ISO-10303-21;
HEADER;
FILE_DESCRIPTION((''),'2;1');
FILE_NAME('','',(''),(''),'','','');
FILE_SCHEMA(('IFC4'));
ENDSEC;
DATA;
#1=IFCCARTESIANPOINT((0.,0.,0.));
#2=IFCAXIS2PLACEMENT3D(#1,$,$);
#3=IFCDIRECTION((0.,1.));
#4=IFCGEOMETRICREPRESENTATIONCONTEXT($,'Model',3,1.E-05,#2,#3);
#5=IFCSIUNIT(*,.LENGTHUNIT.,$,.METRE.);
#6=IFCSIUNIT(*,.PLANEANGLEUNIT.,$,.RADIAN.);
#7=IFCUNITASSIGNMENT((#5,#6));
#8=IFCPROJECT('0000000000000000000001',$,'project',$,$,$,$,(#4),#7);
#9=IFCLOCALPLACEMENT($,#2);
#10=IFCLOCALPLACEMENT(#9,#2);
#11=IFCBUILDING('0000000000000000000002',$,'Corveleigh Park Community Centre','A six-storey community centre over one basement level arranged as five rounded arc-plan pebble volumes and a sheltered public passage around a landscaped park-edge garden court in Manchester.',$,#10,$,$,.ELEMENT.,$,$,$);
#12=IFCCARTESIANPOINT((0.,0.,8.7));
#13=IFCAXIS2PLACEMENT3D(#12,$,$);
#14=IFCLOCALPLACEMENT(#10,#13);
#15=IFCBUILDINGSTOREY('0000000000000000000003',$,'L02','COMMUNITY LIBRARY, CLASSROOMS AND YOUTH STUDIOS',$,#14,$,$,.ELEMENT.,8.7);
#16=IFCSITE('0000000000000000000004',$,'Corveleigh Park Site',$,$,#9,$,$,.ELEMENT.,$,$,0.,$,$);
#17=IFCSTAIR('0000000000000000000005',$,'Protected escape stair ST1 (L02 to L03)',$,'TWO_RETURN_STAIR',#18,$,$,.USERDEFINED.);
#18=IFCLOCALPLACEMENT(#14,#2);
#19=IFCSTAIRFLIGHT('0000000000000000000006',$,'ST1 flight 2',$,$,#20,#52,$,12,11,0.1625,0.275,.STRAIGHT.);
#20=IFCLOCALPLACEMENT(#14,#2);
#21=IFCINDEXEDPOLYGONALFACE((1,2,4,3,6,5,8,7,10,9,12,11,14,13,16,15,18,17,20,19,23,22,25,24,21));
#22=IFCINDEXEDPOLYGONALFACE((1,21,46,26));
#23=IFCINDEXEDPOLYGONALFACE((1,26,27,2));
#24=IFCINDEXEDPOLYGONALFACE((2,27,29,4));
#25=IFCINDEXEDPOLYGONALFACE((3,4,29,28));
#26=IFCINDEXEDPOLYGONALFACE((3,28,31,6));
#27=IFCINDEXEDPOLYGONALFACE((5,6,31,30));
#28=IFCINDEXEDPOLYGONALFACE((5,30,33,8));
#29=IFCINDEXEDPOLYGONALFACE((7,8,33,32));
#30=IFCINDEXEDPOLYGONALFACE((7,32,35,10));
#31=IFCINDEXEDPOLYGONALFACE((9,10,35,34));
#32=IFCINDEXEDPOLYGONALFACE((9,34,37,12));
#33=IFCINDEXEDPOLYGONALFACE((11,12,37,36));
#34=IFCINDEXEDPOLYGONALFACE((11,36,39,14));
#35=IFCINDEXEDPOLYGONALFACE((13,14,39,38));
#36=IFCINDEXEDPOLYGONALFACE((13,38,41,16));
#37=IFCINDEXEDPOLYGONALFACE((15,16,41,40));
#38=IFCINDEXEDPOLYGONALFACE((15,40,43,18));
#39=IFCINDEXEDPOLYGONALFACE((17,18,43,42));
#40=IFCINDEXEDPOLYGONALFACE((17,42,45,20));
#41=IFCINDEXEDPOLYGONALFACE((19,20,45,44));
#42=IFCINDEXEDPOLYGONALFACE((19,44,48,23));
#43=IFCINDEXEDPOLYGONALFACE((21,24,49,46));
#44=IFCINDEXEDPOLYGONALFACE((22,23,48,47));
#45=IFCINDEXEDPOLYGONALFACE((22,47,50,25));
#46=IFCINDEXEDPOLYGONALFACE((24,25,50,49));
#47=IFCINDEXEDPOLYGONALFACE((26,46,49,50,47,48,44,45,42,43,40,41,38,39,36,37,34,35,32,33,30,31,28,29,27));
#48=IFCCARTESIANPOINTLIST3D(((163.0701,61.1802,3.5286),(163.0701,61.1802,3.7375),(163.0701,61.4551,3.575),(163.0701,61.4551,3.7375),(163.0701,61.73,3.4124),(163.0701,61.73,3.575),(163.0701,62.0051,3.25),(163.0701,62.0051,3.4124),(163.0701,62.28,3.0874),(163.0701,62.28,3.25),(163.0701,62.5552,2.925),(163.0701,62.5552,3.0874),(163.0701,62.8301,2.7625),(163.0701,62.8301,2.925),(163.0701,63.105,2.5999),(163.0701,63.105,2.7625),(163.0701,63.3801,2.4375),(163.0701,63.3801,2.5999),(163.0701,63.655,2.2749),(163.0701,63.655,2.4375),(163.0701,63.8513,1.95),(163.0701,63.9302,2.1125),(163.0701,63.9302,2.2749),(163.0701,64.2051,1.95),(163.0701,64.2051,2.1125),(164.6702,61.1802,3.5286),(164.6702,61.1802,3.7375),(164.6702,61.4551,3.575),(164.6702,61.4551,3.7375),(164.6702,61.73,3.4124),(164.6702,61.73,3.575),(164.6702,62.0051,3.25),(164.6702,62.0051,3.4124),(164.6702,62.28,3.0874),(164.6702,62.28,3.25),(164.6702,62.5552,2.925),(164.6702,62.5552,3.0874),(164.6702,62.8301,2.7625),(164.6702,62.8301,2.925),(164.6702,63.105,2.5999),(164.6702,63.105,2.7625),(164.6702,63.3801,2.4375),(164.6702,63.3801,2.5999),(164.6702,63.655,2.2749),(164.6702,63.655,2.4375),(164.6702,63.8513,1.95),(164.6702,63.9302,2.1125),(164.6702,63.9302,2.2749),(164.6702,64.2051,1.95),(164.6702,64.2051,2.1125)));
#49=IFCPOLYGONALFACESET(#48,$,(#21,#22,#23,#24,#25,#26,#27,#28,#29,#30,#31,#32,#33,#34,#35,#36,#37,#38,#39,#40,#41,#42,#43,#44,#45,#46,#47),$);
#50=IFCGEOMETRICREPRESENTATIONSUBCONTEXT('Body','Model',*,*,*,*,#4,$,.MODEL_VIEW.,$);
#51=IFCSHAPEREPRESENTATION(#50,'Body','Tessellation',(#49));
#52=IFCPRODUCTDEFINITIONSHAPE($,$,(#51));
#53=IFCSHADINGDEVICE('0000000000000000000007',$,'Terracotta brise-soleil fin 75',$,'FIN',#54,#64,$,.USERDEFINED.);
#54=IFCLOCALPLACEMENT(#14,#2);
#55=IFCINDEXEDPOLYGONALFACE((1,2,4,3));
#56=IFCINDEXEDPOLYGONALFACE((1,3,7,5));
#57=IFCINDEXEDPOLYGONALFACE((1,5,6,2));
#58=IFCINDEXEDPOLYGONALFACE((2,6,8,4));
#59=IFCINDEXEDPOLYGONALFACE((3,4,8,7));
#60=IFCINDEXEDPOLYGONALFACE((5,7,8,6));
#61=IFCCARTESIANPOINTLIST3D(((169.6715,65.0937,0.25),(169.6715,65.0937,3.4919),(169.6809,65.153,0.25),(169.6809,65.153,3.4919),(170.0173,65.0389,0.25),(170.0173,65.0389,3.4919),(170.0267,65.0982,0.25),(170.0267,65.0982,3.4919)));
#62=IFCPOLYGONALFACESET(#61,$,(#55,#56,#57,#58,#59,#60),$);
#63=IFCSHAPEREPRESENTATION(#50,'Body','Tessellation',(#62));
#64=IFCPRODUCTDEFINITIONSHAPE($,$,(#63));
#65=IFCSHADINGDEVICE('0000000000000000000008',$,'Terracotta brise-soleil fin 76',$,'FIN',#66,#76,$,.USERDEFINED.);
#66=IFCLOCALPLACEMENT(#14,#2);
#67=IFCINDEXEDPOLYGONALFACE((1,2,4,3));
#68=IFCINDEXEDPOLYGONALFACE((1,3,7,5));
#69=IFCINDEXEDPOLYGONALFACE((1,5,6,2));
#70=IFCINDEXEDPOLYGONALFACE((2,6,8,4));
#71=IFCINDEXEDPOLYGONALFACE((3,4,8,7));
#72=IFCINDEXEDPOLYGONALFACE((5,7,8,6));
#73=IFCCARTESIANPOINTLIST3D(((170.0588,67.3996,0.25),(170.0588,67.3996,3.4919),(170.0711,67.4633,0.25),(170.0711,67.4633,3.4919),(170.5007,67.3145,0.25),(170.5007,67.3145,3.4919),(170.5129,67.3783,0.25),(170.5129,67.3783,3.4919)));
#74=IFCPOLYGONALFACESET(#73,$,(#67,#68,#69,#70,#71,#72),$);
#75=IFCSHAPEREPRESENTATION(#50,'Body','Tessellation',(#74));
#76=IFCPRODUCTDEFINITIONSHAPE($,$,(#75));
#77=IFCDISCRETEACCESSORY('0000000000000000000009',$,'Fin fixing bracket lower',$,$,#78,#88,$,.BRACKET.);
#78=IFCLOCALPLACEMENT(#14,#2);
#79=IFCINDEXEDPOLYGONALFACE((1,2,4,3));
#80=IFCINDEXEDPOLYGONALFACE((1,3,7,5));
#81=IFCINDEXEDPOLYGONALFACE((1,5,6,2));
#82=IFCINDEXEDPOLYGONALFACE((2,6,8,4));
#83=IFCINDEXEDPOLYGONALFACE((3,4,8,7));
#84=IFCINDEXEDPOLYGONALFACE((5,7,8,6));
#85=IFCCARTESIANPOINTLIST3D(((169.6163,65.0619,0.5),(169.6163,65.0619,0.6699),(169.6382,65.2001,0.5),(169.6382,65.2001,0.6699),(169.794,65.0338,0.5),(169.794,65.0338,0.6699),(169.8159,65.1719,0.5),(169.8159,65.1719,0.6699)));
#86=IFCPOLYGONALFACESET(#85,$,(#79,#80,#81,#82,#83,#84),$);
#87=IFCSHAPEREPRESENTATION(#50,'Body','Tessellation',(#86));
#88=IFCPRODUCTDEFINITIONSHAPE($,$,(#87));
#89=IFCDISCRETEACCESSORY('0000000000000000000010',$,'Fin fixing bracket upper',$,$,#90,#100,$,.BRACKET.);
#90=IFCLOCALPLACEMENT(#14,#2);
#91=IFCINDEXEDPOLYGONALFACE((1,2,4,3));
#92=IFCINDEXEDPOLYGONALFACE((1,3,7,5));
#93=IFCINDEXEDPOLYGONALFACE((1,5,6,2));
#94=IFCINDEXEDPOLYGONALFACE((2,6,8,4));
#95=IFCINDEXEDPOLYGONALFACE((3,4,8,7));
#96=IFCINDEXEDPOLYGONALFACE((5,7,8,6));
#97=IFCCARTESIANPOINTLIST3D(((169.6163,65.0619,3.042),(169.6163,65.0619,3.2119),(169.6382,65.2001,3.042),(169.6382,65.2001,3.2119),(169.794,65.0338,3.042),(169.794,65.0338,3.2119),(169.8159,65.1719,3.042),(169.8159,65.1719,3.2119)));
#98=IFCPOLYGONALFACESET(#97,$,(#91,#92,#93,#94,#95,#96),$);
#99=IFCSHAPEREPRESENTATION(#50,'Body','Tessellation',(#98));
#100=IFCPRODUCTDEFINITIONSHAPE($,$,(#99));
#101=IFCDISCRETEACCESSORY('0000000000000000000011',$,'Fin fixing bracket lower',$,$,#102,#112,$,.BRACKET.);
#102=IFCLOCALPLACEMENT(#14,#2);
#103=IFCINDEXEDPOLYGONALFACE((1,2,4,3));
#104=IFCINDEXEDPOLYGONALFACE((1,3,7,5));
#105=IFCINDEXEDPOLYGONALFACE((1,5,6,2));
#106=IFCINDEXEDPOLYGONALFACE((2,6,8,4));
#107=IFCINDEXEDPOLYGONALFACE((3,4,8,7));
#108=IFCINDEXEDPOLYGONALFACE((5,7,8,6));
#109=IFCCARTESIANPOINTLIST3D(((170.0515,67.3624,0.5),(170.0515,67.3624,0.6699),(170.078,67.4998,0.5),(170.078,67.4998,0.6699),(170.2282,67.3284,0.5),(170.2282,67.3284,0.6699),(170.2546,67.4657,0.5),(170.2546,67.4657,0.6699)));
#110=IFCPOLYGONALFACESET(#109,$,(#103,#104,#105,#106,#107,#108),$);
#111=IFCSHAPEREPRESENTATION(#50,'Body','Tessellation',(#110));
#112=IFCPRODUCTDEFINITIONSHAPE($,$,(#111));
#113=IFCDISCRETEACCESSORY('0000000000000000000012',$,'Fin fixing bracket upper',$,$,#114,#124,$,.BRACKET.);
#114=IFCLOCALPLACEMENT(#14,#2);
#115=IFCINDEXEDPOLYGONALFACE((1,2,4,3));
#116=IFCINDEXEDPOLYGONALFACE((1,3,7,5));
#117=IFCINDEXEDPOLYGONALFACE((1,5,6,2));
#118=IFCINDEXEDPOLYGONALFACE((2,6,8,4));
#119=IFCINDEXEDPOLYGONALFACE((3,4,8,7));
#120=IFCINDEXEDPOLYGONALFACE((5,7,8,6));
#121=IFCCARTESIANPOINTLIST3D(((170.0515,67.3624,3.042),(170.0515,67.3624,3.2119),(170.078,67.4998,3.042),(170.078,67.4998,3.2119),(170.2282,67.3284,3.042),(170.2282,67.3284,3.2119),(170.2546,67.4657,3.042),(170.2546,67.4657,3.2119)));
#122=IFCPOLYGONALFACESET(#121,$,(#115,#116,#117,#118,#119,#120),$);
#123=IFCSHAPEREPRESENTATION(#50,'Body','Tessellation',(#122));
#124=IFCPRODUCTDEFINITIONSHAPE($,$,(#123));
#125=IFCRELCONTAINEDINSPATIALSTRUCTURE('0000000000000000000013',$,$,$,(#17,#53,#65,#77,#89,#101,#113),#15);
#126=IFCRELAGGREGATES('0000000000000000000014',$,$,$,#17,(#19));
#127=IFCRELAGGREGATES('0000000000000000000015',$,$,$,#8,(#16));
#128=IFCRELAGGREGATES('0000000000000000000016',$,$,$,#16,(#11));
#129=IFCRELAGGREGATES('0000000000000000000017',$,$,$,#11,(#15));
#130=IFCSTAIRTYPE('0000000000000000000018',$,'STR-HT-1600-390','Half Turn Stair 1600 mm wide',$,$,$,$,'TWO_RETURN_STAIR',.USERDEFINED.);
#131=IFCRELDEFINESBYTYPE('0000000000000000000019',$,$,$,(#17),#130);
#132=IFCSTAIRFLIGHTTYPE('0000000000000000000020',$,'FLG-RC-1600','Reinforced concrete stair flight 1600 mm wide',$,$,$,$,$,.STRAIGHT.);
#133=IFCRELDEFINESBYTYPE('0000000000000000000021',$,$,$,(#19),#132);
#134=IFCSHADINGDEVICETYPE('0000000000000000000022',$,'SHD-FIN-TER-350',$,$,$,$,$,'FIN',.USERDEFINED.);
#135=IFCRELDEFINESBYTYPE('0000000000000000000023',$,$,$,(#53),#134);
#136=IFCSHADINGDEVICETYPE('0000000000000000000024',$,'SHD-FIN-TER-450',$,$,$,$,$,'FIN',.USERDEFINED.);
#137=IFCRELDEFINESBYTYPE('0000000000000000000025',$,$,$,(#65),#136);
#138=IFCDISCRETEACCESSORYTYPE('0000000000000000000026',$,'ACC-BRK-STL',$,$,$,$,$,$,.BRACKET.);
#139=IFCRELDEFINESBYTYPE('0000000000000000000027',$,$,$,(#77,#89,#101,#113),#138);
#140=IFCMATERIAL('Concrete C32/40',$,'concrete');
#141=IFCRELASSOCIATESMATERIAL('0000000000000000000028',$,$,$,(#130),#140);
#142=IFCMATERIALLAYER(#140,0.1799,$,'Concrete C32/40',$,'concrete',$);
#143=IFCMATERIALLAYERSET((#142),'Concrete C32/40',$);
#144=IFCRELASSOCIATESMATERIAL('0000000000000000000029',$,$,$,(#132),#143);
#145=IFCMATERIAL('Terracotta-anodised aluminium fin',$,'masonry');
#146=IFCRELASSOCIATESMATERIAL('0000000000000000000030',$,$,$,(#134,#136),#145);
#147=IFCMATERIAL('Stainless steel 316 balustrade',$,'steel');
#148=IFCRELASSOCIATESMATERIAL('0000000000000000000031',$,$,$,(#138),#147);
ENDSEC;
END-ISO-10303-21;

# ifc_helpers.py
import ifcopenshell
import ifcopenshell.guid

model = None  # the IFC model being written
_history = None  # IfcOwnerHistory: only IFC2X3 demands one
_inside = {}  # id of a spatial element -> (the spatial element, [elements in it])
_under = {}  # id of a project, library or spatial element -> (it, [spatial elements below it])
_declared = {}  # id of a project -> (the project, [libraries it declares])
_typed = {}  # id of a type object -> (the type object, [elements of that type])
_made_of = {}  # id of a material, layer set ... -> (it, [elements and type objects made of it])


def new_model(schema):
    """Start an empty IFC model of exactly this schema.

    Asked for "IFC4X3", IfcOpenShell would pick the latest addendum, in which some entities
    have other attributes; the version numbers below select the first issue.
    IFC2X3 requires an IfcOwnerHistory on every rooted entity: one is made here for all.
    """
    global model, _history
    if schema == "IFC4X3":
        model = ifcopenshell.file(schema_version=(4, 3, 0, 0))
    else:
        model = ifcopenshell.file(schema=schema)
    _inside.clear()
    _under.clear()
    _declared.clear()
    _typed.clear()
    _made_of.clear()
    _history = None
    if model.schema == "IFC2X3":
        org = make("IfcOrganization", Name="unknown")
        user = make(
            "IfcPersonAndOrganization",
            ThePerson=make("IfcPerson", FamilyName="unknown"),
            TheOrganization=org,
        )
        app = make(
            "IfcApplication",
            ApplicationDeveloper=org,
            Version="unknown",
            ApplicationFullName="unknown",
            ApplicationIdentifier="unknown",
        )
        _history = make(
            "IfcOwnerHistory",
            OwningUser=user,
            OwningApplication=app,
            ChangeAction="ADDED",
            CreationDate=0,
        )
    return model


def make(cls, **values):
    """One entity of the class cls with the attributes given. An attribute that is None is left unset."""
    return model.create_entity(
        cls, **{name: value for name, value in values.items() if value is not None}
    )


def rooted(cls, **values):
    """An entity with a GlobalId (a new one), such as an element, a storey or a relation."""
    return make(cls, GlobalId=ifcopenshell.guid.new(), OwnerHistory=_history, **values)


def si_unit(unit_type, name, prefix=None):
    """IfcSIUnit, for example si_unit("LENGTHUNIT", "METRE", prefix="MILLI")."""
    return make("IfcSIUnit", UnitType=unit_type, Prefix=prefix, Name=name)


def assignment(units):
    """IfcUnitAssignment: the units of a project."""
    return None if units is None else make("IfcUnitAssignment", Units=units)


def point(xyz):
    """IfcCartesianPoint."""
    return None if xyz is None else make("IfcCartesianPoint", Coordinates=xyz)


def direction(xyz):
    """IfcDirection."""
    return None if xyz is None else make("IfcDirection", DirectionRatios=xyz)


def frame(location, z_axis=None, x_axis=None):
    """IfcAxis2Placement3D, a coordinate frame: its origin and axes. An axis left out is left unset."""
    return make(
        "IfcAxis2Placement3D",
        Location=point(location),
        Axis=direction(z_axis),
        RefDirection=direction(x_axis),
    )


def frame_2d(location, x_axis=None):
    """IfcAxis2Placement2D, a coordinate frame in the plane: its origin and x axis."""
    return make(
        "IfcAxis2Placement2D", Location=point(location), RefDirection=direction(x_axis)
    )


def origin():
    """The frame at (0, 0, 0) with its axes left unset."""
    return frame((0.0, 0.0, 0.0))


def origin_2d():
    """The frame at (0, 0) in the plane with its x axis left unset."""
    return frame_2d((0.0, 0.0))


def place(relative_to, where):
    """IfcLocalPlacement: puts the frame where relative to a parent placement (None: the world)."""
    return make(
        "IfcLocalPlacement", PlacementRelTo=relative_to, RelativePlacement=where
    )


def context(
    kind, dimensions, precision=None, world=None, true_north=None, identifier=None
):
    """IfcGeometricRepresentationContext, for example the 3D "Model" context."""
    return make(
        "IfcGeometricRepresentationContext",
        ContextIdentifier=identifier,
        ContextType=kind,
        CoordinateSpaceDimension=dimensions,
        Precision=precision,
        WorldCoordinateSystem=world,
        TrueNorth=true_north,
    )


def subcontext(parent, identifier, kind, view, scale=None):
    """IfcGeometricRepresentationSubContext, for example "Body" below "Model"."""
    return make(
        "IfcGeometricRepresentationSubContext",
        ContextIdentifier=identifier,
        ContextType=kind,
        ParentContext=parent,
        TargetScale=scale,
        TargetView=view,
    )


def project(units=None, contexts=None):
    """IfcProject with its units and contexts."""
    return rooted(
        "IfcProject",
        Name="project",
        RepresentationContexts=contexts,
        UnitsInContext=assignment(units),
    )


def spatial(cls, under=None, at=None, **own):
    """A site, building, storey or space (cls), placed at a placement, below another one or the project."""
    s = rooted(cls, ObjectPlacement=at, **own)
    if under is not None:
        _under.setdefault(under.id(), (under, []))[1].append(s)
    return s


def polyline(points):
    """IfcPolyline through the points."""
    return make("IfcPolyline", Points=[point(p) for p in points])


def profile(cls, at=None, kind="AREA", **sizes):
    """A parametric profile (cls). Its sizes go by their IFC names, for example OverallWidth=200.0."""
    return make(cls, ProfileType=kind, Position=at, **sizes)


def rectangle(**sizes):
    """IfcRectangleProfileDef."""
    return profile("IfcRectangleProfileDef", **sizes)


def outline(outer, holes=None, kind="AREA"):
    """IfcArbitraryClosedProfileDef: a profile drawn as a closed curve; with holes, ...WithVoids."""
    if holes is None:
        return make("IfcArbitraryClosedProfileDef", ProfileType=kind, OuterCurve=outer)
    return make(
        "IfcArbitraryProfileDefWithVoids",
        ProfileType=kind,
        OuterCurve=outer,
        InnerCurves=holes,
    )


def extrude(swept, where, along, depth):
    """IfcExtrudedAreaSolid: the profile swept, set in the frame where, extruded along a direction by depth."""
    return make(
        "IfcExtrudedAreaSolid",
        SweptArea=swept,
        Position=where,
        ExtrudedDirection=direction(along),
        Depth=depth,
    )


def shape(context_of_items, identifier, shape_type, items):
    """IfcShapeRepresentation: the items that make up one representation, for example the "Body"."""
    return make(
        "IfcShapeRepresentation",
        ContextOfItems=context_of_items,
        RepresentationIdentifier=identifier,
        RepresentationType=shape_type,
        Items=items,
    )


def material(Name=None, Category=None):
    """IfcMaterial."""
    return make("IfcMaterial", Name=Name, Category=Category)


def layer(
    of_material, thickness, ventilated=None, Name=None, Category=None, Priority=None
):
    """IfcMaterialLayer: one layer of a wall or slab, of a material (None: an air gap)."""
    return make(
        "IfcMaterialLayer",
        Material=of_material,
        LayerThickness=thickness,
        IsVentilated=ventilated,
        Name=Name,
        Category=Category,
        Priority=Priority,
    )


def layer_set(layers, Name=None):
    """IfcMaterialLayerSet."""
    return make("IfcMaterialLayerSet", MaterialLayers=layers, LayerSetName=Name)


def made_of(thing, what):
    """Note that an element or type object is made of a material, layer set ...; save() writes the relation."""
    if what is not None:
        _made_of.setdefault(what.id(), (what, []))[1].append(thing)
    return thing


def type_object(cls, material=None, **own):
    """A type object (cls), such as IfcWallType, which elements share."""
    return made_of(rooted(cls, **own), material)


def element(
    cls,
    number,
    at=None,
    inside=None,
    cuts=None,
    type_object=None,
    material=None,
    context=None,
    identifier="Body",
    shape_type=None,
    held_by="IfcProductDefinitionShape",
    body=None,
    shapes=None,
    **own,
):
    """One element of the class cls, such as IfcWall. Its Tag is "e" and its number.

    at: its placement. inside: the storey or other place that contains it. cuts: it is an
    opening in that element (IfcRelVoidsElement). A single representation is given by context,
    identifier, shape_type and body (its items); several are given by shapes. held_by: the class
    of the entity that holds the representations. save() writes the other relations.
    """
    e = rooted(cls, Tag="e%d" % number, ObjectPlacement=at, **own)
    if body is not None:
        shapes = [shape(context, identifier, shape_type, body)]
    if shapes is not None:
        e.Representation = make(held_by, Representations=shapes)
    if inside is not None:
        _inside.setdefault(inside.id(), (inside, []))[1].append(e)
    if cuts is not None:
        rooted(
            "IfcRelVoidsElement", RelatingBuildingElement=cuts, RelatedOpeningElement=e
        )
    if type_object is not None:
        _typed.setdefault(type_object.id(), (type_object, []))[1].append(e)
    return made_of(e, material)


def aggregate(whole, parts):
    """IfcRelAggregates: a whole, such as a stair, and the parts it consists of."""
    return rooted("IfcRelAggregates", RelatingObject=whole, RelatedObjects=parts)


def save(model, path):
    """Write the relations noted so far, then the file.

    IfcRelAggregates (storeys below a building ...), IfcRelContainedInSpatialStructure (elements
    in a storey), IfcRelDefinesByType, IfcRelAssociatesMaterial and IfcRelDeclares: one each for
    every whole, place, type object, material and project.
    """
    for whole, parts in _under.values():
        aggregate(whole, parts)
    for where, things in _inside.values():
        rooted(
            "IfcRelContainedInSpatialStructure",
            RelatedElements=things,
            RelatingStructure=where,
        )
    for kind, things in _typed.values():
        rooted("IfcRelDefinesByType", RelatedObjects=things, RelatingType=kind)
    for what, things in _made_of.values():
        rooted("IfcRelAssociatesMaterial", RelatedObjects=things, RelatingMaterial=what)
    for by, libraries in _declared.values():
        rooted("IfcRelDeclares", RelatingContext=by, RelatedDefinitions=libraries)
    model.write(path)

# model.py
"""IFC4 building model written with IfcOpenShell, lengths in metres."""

from ifc_helpers import new_model, si_unit, direction, frame, origin, origin_2d, place, context, subcontext, project, spatial, polyline, rectangle, outline, extrude, material, layer, layer_set, type_object, element, aggregate, save


model = new_model("IFC4")

# Units and contexts
model_context = context("Model", 3, precision=1e-05, world=origin(), true_north=direction((0.0, 1.0)))
body_context = subcontext(model_context, "Body", "Model", "MODEL_VIEW")
ifc_project = project(units=[si_unit("LENGTHUNIT", "METRE"), si_unit("PLANEANGLEUNIT", "RADIAN")], contexts=[model_context])

# Site, building, storey
site_placement = place(None, origin())
site = spatial("IfcSite", under=ifc_project, at=site_placement, Name="Corveleigh Park Site", CompositionType="ELEMENT", RefElevation=0.0)
building_placement = place(site_placement, origin())
building = spatial("IfcBuilding", under=site, at=building_placement, Name="Corveleigh Park Community Centre", Description="A six-storey community centre over one basement level arranged as five rounded arc-plan pebble volumes and a sheltered public passage around a landscaped park-edge garden court in Manchester.", CompositionType="ELEMENT")
storey_placement = place(building_placement, frame((0.0, 0.0, 8.7)))
storey = spatial("IfcBuildingStorey", under=building, at=storey_placement, Name="L02", Description="COMMUNITY LIBRARY, CLASSROOMS AND YOUTH STUDIOS", CompositionType="ELEMENT", Elevation=8.7)

# Stair, stair flight
ifc_material_1 = material(Name="Concrete C32/40", Category="concrete")
stair_type = type_object("IfcStairType", Name="STR-HT-1600-390", Description="Half Turn Stair 1600 mm wide", ElementType="TWO_RETURN_STAIR", PredefinedType="USERDEFINED", material=ifc_material_1)
stair_placement = place(storey_placement, origin())
stair = element("IfcStair", 1, at=stair_placement, inside=storey, type_object=stair_type, Name="Protected escape stair ST1 (L02 to L03)", ObjectType="TWO_RETURN_STAIR", PredefinedType="USERDEFINED")
ifc_layer_1 = layer(ifc_material_1, 0.1799, Name="Concrete C32/40", Category="concrete")
ifc_layer_set_1 = layer_set([ifc_layer_1], Name="Concrete C32/40")
stair_flight_type = type_object("IfcStairFlightType", Name="FLG-RC-1600", Description="Reinforced concrete stair flight 1600 mm wide", PredefinedType="STRAIGHT", material=ifc_layer_set_1)
stair_flight_placement = place(storey_placement, frame((163.8701, 64.2051, 1.95), z_axis=(0.0, 0.0, 1.0), x_axis=(0.0, -1.0, 0.0)))
stair_flight = element("IfcStairFlight", 2, at=stair_flight_placement, type_object=stair_flight_type, Name="ST1 flight 2", NumberOfRisers=12, NumberOfTreads=11, PredefinedType="STRAIGHT", RiserHeight=0.1625, TreadLength=0.275, context=body_context, shape_type="SweptSolid", body=[
    extrude(outline(polyline([(0.0, 0.0), (0.0, 0.1626), (0.2749, 0.1626), (0.2749, 0.325), (0.55, 0.325), (0.55, 0.4875), (0.825, 0.4875), (0.825, 0.6499), (1.1001, 0.6499), (1.1001, 0.8125), (1.375, 0.8125), (1.375, 0.9751), (1.6499, 0.9751), (1.6499, 1.1375), (1.925, 1.1375), (1.925, 1.3), (2.2, 1.3), (2.2, 1.4624), (2.4751, 1.4624), (2.4751, 1.625), (2.75, 1.625), (2.75, 1.7876), (3.0249, 1.7876), (3.0249, 1.95), (3.0249, 1.5786), (0.3538, 0.0), (0.0, 0.0)])), frame((0.0, 0.8, 0.0), z_axis=(0.0, -1.0, 0.0), x_axis=(1.0, 0.0, 0.0)), (0.0, 0.0, 1.0), 1.6001),
])
aggregate(stair, [stair_flight])

# Shading devices
ifc_material_2 = material(Name="Terracotta-anodised aluminium fin", Category="masonry")
shading_device_type_1 = type_object("IfcShadingDeviceType", Name="SHD-FIN-TER-350", ElementType="FIN", PredefinedType="USERDEFINED", material=ifc_material_2)
shading_device_1_placement = place(storey_placement, frame((169.8491, 65.0959, 0.25), z_axis=(0.0, 0.0, 1.0), x_axis=(0.987662, -0.156601, 0.0)))
element("IfcShadingDevice", 3, at=shading_device_1_placement, inside=storey, type_object=shading_device_type_1, Name="Terracotta brise-soleil fin 75", ObjectType="FIN", PredefinedType="USERDEFINED", context=body_context, shape_type="SweptSolid", body=[
    extrude(rectangle(XDim=0.3501, YDim=0.0601, at=origin_2d()), origin(), (0.0, 0.0, 1.0), 3.2419),
])
shading_device_type_2 = type_object("IfcShadingDeviceType", Name="SHD-FIN-TER-450", ElementType="FIN", PredefinedType="USERDEFINED", material=ifc_material_2)
shading_device_2_placement = place(storey_placement, frame((170.2859, 67.3889, 0.25), z_axis=(0.0, 0.0, 1.0), x_axis=(0.98196, -0.189086, 0.0)))
element("IfcShadingDevice", 4, at=shading_device_2_placement, inside=storey, type_object=shading_device_type_2, Name="Terracotta brise-soleil fin 76", ObjectType="FIN", PredefinedType="USERDEFINED", context=body_context, shape_type="SweptSolid", body=[
    extrude(rectangle(XDim=0.45, YDim=0.0649, at=origin_2d()), origin(), (0.0, 0.0, 1.0), 3.2419),
])

# Discrete accessories
ifc_material_3 = material(Name="Stainless steel 316 balustrade", Category="steel")
discrete_accessory_type = type_object("IfcDiscreteAccessoryType", Name="ACC-BRK-STL", PredefinedType="BRACKET", material=ifc_material_3)
for number, where, z_axis, x_axis, name in (
    (5, (169.7161, 65.1169, 0.5), (0.0, 0.0, 1.0), (0.987662, -0.156601, 0.0), "Fin fixing bracket lower"),
    (6, (169.7161, 65.1169, 3.042), (0.0, 0.0, 1.0), (0.987662, -0.156601, 0.0), "Fin fixing bracket upper"),
    (7, (170.1531, 67.4141, 0.5), (0.0, 0.0, 1.0), (0.98196, -0.189086, 0.0), "Fin fixing bracket lower"),
    (8, (170.1531, 67.4141, 3.042), (0.0, 0.0, 1.0), (0.98196, -0.189086, 0.0), "Fin fixing bracket upper"),
):
    element("IfcDiscreteAccessory", number, at=place(storey_placement, frame(where, z_axis=z_axis, x_axis=x_axis)), inside=storey, type_object=discrete_accessory_type, Name=name, PredefinedType="BRACKET", context=body_context, shape_type="SweptSolid", body=[
        extrude(rectangle(XDim=0.1799, YDim=0.1399, at=origin_2d()), origin(), (0.0, 0.0, 1.0), 0.1699),
    ])

save(model, "model.ifc")
